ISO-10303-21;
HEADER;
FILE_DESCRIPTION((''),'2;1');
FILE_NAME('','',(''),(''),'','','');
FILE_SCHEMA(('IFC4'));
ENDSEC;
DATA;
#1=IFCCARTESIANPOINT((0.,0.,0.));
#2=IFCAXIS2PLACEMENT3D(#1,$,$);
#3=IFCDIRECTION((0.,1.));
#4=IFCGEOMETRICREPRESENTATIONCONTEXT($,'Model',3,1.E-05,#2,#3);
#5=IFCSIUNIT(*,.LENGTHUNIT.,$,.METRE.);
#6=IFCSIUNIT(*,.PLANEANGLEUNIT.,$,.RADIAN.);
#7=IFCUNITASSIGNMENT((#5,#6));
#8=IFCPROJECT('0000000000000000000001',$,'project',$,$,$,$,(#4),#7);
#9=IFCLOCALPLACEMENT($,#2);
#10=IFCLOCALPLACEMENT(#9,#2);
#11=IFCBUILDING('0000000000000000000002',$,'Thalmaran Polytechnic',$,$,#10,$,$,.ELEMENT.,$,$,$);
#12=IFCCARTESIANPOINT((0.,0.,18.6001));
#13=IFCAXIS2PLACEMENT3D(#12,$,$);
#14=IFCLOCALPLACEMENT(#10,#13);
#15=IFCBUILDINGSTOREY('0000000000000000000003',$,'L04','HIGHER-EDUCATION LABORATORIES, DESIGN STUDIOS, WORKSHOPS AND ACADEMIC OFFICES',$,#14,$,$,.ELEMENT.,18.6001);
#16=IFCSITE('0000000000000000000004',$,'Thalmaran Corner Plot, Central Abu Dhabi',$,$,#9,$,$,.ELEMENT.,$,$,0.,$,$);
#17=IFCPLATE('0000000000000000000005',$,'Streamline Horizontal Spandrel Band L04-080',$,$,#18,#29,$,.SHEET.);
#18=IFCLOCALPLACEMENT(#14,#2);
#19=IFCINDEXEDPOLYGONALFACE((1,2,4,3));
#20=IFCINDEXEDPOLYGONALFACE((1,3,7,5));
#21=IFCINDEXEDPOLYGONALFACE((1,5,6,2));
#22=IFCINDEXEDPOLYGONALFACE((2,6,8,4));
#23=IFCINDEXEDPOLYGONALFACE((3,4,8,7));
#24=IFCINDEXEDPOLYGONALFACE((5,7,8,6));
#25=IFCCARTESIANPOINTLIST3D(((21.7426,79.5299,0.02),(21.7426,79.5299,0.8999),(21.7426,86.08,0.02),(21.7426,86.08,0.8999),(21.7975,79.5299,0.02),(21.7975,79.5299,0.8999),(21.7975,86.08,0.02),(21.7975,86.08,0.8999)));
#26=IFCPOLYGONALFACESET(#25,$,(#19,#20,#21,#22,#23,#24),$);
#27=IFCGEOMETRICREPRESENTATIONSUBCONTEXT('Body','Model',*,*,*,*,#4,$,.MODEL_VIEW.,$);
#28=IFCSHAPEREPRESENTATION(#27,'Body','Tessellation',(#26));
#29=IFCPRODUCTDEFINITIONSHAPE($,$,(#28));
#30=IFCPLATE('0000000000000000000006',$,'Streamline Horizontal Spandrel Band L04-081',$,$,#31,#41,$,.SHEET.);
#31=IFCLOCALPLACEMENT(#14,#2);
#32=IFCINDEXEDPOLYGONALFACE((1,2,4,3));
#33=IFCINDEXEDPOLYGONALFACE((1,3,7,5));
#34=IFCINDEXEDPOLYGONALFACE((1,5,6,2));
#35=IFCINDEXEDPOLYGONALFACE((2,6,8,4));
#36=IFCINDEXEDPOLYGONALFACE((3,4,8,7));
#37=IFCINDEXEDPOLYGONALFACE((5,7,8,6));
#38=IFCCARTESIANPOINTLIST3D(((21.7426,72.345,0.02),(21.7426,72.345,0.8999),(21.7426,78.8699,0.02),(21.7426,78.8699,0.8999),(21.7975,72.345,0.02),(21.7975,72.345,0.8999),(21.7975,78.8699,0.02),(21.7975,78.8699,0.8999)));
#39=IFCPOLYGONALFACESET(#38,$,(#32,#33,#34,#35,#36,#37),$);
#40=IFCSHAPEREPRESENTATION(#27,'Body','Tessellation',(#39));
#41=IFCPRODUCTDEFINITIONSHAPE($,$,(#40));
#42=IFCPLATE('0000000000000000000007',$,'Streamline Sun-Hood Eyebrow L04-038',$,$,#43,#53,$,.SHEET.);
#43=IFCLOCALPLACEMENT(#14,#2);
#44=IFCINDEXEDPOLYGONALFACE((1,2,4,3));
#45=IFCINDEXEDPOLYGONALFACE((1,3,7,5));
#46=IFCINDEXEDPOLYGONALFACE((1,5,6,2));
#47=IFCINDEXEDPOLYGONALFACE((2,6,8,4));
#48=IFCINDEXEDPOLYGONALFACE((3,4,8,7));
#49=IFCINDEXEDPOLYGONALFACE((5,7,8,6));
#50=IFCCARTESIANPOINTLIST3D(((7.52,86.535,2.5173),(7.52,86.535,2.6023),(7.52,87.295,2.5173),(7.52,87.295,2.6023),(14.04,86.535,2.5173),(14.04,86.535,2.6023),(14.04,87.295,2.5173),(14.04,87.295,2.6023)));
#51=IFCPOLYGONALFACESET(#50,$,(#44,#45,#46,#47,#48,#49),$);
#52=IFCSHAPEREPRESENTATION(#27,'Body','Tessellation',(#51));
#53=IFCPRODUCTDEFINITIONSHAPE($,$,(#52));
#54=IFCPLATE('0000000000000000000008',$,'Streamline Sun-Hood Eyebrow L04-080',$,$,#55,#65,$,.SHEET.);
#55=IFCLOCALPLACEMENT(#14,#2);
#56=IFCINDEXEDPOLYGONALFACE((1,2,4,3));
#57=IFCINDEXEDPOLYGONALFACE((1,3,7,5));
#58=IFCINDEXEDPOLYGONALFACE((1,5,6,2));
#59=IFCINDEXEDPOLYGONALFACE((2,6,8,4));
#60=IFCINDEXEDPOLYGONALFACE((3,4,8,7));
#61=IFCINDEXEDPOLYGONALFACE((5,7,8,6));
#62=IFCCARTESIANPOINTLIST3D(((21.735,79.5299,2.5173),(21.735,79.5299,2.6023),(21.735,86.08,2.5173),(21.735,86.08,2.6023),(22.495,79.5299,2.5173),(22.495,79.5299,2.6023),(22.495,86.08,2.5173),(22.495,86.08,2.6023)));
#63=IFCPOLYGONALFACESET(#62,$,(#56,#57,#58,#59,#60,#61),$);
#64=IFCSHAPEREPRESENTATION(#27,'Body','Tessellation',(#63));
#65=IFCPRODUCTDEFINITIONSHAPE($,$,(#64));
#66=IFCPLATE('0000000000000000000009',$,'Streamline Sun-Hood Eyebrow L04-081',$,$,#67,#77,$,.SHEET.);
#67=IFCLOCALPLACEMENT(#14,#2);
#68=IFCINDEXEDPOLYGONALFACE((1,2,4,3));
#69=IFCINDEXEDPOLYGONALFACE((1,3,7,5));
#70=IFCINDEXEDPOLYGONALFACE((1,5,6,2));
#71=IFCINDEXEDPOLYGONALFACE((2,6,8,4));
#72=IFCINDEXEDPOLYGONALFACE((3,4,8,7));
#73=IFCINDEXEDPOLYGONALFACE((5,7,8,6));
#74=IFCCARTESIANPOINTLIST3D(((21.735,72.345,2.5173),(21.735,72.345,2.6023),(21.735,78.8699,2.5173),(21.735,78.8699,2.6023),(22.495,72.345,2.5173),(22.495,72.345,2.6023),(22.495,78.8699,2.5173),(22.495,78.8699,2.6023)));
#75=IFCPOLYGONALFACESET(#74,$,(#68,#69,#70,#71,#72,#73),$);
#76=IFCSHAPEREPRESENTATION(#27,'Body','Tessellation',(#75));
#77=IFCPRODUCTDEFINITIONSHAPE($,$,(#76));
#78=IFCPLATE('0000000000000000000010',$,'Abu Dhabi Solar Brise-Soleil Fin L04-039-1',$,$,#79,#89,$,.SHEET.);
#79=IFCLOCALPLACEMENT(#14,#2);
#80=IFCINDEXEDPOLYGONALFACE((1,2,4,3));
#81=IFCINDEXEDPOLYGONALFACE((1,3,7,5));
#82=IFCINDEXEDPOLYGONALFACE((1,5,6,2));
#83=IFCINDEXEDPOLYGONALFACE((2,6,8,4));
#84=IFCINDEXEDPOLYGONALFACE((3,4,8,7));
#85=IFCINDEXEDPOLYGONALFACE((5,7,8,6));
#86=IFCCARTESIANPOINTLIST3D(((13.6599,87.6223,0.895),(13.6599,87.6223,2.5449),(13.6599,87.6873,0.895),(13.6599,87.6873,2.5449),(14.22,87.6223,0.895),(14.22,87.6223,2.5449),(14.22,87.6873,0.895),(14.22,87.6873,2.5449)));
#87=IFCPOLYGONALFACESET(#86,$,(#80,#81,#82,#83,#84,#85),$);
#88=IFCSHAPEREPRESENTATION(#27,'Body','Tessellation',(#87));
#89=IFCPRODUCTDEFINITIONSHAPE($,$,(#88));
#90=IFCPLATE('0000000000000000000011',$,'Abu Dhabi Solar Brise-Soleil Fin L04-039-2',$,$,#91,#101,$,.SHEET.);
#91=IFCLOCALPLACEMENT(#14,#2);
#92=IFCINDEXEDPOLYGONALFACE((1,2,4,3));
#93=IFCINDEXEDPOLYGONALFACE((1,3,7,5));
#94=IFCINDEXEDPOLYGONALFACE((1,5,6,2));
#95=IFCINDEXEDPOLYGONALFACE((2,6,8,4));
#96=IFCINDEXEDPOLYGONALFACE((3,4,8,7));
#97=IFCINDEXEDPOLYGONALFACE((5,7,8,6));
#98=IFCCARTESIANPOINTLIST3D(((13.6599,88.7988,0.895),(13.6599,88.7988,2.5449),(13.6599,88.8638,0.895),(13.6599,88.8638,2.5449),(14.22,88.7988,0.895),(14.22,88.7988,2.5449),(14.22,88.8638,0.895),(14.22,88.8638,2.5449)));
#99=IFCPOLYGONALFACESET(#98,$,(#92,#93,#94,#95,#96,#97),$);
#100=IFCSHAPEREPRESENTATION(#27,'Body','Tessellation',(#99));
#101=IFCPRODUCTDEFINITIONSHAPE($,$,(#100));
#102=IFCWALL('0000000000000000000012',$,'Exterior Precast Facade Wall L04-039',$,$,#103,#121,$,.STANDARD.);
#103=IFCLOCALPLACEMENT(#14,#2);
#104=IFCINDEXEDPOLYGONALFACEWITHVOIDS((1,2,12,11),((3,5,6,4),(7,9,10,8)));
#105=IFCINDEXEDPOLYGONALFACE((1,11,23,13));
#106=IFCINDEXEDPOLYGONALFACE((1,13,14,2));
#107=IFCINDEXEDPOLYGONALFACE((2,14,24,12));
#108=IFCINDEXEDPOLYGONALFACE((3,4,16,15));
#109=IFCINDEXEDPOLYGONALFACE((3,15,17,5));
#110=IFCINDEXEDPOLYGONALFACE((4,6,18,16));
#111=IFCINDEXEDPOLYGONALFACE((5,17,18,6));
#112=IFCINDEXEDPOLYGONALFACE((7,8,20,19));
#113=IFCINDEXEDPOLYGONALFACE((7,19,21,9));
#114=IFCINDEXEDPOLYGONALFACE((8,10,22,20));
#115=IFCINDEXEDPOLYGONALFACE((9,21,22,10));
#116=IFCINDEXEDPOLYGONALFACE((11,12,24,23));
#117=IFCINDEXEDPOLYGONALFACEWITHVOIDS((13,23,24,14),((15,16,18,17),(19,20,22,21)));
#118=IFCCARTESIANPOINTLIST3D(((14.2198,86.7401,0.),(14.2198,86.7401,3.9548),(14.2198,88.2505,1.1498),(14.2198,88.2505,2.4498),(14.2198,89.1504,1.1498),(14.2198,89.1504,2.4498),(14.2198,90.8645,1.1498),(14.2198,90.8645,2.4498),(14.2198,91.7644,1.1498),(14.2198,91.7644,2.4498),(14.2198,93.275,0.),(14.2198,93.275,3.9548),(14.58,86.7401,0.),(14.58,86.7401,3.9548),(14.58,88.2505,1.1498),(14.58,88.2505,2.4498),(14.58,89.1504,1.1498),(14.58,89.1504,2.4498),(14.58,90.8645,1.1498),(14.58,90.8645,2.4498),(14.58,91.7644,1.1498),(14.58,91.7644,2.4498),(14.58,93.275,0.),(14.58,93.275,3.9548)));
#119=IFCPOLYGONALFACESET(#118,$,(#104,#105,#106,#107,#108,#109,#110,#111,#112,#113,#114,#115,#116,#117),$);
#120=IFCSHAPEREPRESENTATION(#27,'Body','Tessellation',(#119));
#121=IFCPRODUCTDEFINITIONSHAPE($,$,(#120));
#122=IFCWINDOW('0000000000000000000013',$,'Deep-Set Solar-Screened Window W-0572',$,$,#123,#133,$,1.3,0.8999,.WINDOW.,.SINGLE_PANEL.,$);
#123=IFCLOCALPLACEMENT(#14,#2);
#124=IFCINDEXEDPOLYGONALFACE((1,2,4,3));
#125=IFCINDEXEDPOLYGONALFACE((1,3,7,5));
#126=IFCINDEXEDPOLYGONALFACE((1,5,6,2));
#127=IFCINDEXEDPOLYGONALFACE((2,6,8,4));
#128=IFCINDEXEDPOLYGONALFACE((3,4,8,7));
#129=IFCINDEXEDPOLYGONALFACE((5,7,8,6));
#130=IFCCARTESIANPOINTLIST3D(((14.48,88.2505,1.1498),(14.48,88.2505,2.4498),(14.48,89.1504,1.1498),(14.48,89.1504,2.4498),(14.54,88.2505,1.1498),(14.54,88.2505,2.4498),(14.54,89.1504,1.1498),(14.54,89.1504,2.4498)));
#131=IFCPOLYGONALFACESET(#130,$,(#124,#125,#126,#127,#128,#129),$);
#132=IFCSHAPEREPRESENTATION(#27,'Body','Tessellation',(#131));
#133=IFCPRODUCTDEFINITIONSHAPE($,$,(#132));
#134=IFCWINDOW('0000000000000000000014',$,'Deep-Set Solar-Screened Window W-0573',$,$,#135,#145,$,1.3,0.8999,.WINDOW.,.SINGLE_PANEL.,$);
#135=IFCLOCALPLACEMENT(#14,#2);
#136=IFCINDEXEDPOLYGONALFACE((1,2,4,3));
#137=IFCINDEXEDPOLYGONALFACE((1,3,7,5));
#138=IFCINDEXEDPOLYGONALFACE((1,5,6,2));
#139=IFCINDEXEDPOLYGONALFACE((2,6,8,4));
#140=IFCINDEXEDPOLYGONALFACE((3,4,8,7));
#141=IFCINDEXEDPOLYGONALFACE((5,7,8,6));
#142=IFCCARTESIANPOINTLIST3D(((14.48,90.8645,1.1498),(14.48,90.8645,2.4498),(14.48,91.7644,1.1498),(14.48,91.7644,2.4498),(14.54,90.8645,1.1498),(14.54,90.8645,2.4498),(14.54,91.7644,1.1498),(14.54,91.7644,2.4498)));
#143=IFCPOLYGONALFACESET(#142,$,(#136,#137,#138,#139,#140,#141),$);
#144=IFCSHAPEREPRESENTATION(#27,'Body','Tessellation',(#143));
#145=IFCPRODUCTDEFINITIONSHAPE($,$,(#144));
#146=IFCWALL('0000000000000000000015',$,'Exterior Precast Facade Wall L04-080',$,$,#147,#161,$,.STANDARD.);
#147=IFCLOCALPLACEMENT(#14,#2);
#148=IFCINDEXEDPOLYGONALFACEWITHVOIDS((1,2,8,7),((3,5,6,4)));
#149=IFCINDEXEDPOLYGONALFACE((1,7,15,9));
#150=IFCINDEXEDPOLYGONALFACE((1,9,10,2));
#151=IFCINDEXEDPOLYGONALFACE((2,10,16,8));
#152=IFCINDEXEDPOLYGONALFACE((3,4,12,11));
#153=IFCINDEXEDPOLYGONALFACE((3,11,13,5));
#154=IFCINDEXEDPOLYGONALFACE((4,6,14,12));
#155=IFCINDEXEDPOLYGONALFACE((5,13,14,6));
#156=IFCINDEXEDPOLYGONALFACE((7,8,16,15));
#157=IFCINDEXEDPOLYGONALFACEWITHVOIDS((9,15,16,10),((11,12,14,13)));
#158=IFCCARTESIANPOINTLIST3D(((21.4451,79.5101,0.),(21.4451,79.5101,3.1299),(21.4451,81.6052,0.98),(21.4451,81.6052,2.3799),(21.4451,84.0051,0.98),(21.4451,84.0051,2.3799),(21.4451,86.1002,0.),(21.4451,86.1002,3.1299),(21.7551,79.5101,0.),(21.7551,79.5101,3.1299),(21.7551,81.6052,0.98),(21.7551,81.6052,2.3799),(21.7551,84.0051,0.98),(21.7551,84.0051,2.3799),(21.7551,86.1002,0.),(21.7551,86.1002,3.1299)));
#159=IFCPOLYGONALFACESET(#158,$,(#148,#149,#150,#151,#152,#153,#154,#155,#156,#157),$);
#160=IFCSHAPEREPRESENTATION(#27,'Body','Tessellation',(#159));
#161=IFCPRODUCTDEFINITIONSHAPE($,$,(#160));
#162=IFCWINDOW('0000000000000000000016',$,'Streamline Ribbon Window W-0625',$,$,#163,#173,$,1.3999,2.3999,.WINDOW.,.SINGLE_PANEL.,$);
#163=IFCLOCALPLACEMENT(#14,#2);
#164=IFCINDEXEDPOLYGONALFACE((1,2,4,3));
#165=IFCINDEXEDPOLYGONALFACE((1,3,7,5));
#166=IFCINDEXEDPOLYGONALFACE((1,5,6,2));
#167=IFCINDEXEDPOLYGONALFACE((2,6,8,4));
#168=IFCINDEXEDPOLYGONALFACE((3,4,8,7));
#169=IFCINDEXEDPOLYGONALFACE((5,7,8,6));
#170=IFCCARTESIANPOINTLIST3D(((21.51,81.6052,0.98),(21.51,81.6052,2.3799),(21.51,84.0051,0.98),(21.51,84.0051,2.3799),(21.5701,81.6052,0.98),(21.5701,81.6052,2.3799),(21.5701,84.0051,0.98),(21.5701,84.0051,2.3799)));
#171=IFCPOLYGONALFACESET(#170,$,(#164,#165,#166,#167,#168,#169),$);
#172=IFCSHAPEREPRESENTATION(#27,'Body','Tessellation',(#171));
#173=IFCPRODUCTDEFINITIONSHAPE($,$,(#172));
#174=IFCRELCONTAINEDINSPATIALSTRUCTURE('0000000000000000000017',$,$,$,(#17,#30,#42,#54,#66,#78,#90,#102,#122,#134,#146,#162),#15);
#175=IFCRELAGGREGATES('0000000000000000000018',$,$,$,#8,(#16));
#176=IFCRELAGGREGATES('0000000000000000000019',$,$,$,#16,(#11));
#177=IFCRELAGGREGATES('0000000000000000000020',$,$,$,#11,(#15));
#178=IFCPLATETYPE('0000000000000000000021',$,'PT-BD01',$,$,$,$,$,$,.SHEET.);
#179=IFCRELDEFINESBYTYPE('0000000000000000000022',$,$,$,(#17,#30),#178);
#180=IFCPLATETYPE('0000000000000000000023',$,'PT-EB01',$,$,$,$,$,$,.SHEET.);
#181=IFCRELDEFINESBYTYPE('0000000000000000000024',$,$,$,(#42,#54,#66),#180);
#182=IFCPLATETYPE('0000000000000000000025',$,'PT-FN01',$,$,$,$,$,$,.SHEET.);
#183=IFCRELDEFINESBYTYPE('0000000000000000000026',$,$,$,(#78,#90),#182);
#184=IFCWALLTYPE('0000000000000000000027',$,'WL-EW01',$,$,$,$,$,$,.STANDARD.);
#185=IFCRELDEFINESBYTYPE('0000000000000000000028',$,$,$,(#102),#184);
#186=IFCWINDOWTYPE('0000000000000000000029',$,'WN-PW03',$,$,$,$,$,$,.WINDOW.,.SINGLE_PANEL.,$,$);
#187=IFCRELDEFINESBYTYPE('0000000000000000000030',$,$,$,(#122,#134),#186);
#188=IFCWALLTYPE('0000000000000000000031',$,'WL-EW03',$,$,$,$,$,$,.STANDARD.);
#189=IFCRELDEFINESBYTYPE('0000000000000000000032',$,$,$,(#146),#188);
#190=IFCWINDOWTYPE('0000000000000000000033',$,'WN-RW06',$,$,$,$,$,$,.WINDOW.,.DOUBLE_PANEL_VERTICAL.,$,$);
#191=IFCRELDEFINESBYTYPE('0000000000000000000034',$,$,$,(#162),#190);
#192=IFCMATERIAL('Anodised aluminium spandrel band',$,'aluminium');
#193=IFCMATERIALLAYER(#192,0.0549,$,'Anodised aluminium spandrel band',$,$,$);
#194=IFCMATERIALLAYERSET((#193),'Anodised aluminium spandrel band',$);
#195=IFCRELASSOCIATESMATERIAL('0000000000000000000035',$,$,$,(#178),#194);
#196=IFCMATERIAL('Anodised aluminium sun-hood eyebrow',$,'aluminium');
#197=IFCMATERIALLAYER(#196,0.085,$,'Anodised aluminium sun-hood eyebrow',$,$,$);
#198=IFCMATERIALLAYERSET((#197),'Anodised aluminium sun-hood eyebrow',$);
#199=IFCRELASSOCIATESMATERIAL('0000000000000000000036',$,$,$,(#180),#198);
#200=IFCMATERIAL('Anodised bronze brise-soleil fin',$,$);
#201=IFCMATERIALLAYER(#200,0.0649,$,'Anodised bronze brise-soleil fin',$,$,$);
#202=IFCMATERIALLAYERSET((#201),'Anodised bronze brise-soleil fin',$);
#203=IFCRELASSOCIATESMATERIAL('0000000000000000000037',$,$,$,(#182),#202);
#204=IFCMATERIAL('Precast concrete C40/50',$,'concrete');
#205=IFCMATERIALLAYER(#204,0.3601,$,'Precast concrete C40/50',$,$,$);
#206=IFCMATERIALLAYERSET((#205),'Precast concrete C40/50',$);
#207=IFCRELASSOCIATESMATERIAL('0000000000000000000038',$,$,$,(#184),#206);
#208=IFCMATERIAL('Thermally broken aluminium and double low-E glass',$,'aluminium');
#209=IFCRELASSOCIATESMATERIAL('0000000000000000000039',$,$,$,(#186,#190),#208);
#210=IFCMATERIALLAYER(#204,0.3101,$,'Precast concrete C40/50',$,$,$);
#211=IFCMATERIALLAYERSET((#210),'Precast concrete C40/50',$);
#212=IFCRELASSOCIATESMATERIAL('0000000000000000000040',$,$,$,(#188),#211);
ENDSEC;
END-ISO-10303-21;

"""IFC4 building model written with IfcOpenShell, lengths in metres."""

from ifc_helpers import new_model, si_unit, direction, frame, frame_2d, origin, origin_2d, place, context, subcontext, project, spatial, rectangle, extrude, material, layer, layer_set, type_object, element, fill, save


model = new_model("IFC4")

# Units and contexts
model_context = context("Model", 3, precision=1e-05, world=origin(), true_north=direction((0.0, 1.0)))
body_context = subcontext(model_context, "Body", "Model", "MODEL_VIEW")
ifc_project = project(units=[si_unit("LENGTHUNIT", "METRE"), si_unit("PLANEANGLEUNIT", "RADIAN")], contexts=[model_context])

# Site, building, storey
site_placement = place(None, origin())
site = spatial("IfcSite", under=ifc_project, at=site_placement, Name="Thalmaran Corner Plot, Central Abu Dhabi", CompositionType="ELEMENT", RefElevation=0.0)
building_placement = place(site_placement, origin())
building = spatial("IfcBuilding", under=site, at=building_placement, Name="Thalmaran Polytechnic", CompositionType="ELEMENT")
storey_placement = place(building_placement, frame((0.0, 0.0, 18.6001)))
storey = spatial("IfcBuildingStorey", under=building, at=storey_placement, Name="L04", Description="HIGHER-EDUCATION LABORATORIES, DESIGN STUDIOS, WORKSHOPS AND ACADEMIC OFFICES", CompositionType="ELEMENT", Elevation=18.6001)

# Plates
ifc_material_1 = material(Name="Anodised aluminium spandrel band", Category="aluminium")
ifc_layer_1 = layer(ifc_material_1, 0.0549, Name="Anodised aluminium spandrel band")
ifc_layer_set_1 = layer_set([ifc_layer_1], Name="Anodised aluminium spandrel band")
plate_type_1 = type_object("IfcPlateType", Name="PT-BD01", PredefinedType="SHEET", material=ifc_layer_set_1)
plate_1_placement = place(storey_placement, frame((21.77, 82.8049, 0.02), z_axis=(0.0, 0.0, 1.0), x_axis=(0.0, -1.0, 0.0)))
element("IfcPlate", 1, at=plate_1_placement, inside=storey, type_object=plate_type_1, Name="Streamline Horizontal Spandrel Band L04-080", PredefinedType="SHEET", context=body_context, shape_type="SweptSolid", body=[
    extrude(rectangle(XDim=6.55, YDim=0.0549, at=origin_2d()), origin(), (0.0, 0.0, 1.0), 0.8799),
])
plate_2_placement = place(storey_placement, frame((21.77, 75.6074, 0.02), z_axis=(0.0, 0.0, 1.0), x_axis=(0.0, -1.0, 0.0)))
element("IfcPlate", 2, at=plate_2_placement, inside=storey, type_object=plate_type_1, Name="Streamline Horizontal Spandrel Band L04-081", PredefinedType="SHEET", context=body_context, shape_type="SweptSolid", body=[
    extrude(rectangle(XDim=6.5249, YDim=0.0549, at=origin_2d()), origin(), (0.0, 0.0, 1.0), 0.8799),
])
ifc_material_2 = material(Name="Anodised aluminium sun-hood eyebrow", Category="aluminium")
ifc_layer_2 = layer(ifc_material_2, 0.085, Name="Anodised aluminium sun-hood eyebrow")
ifc_layer_set_2 = layer_set([ifc_layer_2], Name="Anodised aluminium sun-hood eyebrow")
plate_type_2 = type_object("IfcPlateType", Name="PT-EB01", PredefinedType="SHEET", material=ifc_layer_set_2)
plate_3_placement = place(storey_placement, frame((10.78, 86.915, 2.5173), z_axis=(0.0, 0.0, 1.0), x_axis=(1.0, 0.0, 0.0)))
element("IfcPlate", 3, at=plate_3_placement, inside=storey, type_object=plate_type_2, Name="Streamline Sun-Hood Eyebrow L04-038", PredefinedType="SHEET", context=body_context, shape_type="SweptSolid", body=[
    extrude(rectangle(XDim=6.52, YDim=0.76, at=origin_2d()), origin(), (0.0, 0.0, 1.0), 0.085),
])
plate_4_placement = place(storey_placement, frame((22.115, 82.8049, 2.5173), z_axis=(0.0, 0.0, 1.0), x_axis=(0.0, -1.0, 0.0)))
element("IfcPlate", 4, at=plate_4_placement, inside=storey, type_object=plate_type_2, Name="Streamline Sun-Hood Eyebrow L04-080", PredefinedType="SHEET", context=body_context, shape_type="SweptSolid", body=[
    extrude(rectangle(XDim=6.55, YDim=0.76, at=origin_2d()), origin(), (0.0, 0.0, 1.0), 0.085),
])
plate_5_placement = place(storey_placement, frame((22.115, 75.6074, 2.5173), z_axis=(0.0, 0.0, 1.0), x_axis=(0.0, -1.0, 0.0)))
element("IfcPlate", 5, at=plate_5_placement, inside=storey, type_object=plate_type_2, Name="Streamline Sun-Hood Eyebrow L04-081", PredefinedType="SHEET", context=body_context, shape_type="SweptSolid", body=[
    extrude(rectangle(XDim=6.5249, YDim=0.76, at=origin_2d()), origin(), (0.0, 0.0, 1.0), 0.085),
])
ifc_material_3 = material(Name="Anodised bronze brise-soleil fin")
ifc_layer_3 = layer(ifc_material_3, 0.0649, Name="Anodised bronze brise-soleil fin")
ifc_layer_set_3 = layer_set([ifc_layer_3], Name="Anodised bronze brise-soleil fin")
plate_type_3 = type_object("IfcPlateType", Name="PT-FN01", PredefinedType="SHEET", material=ifc_layer_set_3)
for number, where, z_axis, x_axis, name in (
    (6, (13.9399, 87.6548, 0.895), (0.0, 0.0, 1.0), (0.0, 1.0, 0.0), "Abu Dhabi Solar Brise-Soleil Fin L04-039-1"),
    (7, (13.9399, 88.8313, 0.895), (0.0, 0.0, 1.0), (0.0, 1.0, 0.0), "Abu Dhabi Solar Brise-Soleil Fin L04-039-2"),
):
    element("IfcPlate", number, at=place(storey_placement, frame(where, z_axis=z_axis, x_axis=x_axis)), inside=storey, type_object=plate_type_3, Name=name, PredefinedType="SHEET", context=body_context, shape_type="SweptSolid", body=[
        extrude(rectangle(XDim=0.0649, YDim=0.5601, at=origin_2d()), origin(), (0.0, 0.0, 1.0), 1.6499),
    ])

# Wall, openings, windows
ifc_material_4 = material(Name="Precast concrete C40/50", Category="concrete")
ifc_layer_4 = layer(ifc_material_4, 0.3601, Name="Precast concrete C40/50")
ifc_layer_set_4 = layer_set([ifc_layer_4], Name="Precast concrete C40/50")
wall_type_1 = type_object("IfcWallType", Name="WL-EW01", PredefinedType="STANDARD", material=ifc_layer_set_4)
wall_1_placement = place(storey_placement, frame((14.3999, 86.74, 0.0), z_axis=(0.0, 0.0, 1.0), x_axis=(0.0, 1.0, 0.0)))
wall_1 = element("IfcWall", 8, at=wall_1_placement, inside=storey, type_object=wall_type_1, Name="Exterior Precast Facade Wall L04-039", PredefinedType="STANDARD", context=body_context, shape_type="SweptSolid", body=[
    extrude(rectangle(XDim=6.5349, YDim=0.3601, at=frame_2d((3.2676, 0.0))), origin(), (0.0, 0.0, 1.0), 3.9548),
])
opening_1_placement = place(wall_1_placement, frame((1.5105, 0.0, 1.1499)))
opening_1 = element("IfcOpeningElement", 9, at=opening_1_placement, cuts=wall_1, PredefinedType="OPENING", context=body_context, shape_type="SweptSolid", body=[
    extrude(rectangle(XDim=0.8999, YDim=1.3, at=frame_2d((0.45, 0.6499))), frame((0.0, 0.1899, 0.0), z_axis=(0.0, -1.0, 0.0), x_axis=(1.0, 0.0, 0.0)), (0.0, 0.0, 1.0), 0.3801),
])
opening_2_placement = place(wall_1_placement, frame((4.1245, 0.0, 1.1499)))
opening_2 = element("IfcOpeningElement", 10, at=opening_2_placement, cuts=wall_1, PredefinedType="OPENING", context=body_context, shape_type="SweptSolid", body=[
    extrude(rectangle(XDim=0.8999, YDim=1.3, at=frame_2d((0.45, 0.6499))), frame((0.0, 0.1899, 0.0), z_axis=(0.0, -1.0, 0.0), x_axis=(1.0, 0.0, 0.0)), (0.0, 0.0, 1.0), 0.3801),
])
ifc_material_5 = material(Name="Thermally broken aluminium and double low-E glass", Category="aluminium")
window_type_1 = type_object("IfcWindowType", Name="WN-PW03", PartitioningType="SINGLE_PANEL", PredefinedType="WINDOW", material=ifc_material_5)
window_1_placement = place(opening_1_placement, origin())
window_1 = element("IfcWindow", 11, at=window_1_placement, inside=storey, type_object=window_type_1, Name="Deep-Set Solar-Screened Window W-0572", OverallHeight=1.3, OverallWidth=0.8999, PartitioningType="SINGLE_PANEL", PredefinedType="WINDOW", context=body_context, shape_type="SweptSolid", body=[
    extrude(rectangle(XDim=0.8999, YDim=1.3, at=frame_2d((0.45, 0.6499))), frame((0.0, -0.0801, 0.0), z_axis=(0.0, -1.0, 0.0), x_axis=(1.0, 0.0, 0.0)), (0.0, 0.0, 1.0), 0.0601),
])
fill(opening_1, window_1)
window_2_placement = place(opening_2_placement, origin())
window_2 = element("IfcWindow", 12, at=window_2_placement, inside=storey, type_object=window_type_1, Name="Deep-Set Solar-Screened Window W-0573", OverallHeight=1.3, OverallWidth=0.8999, PartitioningType="SINGLE_PANEL", PredefinedType="WINDOW", context=body_context, shape_type="SweptSolid", body=[
    extrude(rectangle(XDim=0.8999, YDim=1.3, at=frame_2d((0.45, 0.6499))), frame((0.0, -0.0801, 0.0), z_axis=(0.0, -1.0, 0.0), x_axis=(1.0, 0.0, 0.0)), (0.0, 0.0, 1.0), 0.0601),
])
fill(opening_2, window_2)

# Wall, opening, window
ifc_layer_5 = layer(ifc_material_4, 0.3101, Name="Precast concrete C40/50")
ifc_layer_set_5 = layer_set([ifc_layer_5], Name="Precast concrete C40/50")
wall_type_2 = type_object("IfcWallType", Name="WL-EW03", PredefinedType="STANDARD", material=ifc_layer_set_5)
wall_2_placement = place(storey_placement, frame((21.6001, 86.1001, 0.0), z_axis=(0.0, 0.0, 1.0), x_axis=(0.0, -1.0, 0.0)))
wall_2 = element("IfcWall", 13, at=wall_2_placement, inside=storey, type_object=wall_type_2, Name="Exterior Precast Facade Wall L04-080", PredefinedType="STANDARD", context=body_context, shape_type="SweptSolid", body=[
    extrude(rectangle(XDim=6.5901, YDim=0.3101, at=frame_2d((3.2949, 0.0))), origin(), (0.0, 0.0, 1.0), 3.1299),
])
opening_3_placement = place(wall_2_placement, frame((2.095, 0.0, 0.98)))
opening_3 = element("IfcOpeningElement", 14, at=opening_3_placement, cuts=wall_2, PredefinedType="OPENING", context=body_context, shape_type="SweptSolid", body=[
    extrude(rectangle(XDim=2.3999, YDim=1.3999, at=frame_2d((1.2, 0.7))), frame((0.0, 0.165, 0.0), z_axis=(0.0, -1.0, 0.0), x_axis=(1.0, 0.0, 0.0)), (0.0, 0.0, 1.0), 0.3301),
])
window_type_2 = type_object("IfcWindowType", Name="WN-RW06", PartitioningType="DOUBLE_PANEL_VERTICAL", PredefinedType="WINDOW", material=ifc_material_5)
window_3_placement = place(opening_3_placement, origin())
window_3 = element("IfcWindow", 15, at=window_3_placement, inside=storey, type_object=window_type_2, Name="Streamline Ribbon Window W-0625", OverallHeight=1.3999, OverallWidth=2.3999, PartitioningType="SINGLE_PANEL", PredefinedType="WINDOW", context=body_context, shape_type="SweptSolid", body=[
    extrude(rectangle(XDim=2.3999, YDim=1.3999, at=frame_2d((1.2, 0.7))), frame((0.0, -0.03, 0.0), z_axis=(0.0, -1.0, 0.0), x_axis=(1.0, 0.0, 0.0)), (0.0, 0.0, 1.0), 0.0601),
])
fill(opening_3, window_3)

save(model, "model.ifc")
